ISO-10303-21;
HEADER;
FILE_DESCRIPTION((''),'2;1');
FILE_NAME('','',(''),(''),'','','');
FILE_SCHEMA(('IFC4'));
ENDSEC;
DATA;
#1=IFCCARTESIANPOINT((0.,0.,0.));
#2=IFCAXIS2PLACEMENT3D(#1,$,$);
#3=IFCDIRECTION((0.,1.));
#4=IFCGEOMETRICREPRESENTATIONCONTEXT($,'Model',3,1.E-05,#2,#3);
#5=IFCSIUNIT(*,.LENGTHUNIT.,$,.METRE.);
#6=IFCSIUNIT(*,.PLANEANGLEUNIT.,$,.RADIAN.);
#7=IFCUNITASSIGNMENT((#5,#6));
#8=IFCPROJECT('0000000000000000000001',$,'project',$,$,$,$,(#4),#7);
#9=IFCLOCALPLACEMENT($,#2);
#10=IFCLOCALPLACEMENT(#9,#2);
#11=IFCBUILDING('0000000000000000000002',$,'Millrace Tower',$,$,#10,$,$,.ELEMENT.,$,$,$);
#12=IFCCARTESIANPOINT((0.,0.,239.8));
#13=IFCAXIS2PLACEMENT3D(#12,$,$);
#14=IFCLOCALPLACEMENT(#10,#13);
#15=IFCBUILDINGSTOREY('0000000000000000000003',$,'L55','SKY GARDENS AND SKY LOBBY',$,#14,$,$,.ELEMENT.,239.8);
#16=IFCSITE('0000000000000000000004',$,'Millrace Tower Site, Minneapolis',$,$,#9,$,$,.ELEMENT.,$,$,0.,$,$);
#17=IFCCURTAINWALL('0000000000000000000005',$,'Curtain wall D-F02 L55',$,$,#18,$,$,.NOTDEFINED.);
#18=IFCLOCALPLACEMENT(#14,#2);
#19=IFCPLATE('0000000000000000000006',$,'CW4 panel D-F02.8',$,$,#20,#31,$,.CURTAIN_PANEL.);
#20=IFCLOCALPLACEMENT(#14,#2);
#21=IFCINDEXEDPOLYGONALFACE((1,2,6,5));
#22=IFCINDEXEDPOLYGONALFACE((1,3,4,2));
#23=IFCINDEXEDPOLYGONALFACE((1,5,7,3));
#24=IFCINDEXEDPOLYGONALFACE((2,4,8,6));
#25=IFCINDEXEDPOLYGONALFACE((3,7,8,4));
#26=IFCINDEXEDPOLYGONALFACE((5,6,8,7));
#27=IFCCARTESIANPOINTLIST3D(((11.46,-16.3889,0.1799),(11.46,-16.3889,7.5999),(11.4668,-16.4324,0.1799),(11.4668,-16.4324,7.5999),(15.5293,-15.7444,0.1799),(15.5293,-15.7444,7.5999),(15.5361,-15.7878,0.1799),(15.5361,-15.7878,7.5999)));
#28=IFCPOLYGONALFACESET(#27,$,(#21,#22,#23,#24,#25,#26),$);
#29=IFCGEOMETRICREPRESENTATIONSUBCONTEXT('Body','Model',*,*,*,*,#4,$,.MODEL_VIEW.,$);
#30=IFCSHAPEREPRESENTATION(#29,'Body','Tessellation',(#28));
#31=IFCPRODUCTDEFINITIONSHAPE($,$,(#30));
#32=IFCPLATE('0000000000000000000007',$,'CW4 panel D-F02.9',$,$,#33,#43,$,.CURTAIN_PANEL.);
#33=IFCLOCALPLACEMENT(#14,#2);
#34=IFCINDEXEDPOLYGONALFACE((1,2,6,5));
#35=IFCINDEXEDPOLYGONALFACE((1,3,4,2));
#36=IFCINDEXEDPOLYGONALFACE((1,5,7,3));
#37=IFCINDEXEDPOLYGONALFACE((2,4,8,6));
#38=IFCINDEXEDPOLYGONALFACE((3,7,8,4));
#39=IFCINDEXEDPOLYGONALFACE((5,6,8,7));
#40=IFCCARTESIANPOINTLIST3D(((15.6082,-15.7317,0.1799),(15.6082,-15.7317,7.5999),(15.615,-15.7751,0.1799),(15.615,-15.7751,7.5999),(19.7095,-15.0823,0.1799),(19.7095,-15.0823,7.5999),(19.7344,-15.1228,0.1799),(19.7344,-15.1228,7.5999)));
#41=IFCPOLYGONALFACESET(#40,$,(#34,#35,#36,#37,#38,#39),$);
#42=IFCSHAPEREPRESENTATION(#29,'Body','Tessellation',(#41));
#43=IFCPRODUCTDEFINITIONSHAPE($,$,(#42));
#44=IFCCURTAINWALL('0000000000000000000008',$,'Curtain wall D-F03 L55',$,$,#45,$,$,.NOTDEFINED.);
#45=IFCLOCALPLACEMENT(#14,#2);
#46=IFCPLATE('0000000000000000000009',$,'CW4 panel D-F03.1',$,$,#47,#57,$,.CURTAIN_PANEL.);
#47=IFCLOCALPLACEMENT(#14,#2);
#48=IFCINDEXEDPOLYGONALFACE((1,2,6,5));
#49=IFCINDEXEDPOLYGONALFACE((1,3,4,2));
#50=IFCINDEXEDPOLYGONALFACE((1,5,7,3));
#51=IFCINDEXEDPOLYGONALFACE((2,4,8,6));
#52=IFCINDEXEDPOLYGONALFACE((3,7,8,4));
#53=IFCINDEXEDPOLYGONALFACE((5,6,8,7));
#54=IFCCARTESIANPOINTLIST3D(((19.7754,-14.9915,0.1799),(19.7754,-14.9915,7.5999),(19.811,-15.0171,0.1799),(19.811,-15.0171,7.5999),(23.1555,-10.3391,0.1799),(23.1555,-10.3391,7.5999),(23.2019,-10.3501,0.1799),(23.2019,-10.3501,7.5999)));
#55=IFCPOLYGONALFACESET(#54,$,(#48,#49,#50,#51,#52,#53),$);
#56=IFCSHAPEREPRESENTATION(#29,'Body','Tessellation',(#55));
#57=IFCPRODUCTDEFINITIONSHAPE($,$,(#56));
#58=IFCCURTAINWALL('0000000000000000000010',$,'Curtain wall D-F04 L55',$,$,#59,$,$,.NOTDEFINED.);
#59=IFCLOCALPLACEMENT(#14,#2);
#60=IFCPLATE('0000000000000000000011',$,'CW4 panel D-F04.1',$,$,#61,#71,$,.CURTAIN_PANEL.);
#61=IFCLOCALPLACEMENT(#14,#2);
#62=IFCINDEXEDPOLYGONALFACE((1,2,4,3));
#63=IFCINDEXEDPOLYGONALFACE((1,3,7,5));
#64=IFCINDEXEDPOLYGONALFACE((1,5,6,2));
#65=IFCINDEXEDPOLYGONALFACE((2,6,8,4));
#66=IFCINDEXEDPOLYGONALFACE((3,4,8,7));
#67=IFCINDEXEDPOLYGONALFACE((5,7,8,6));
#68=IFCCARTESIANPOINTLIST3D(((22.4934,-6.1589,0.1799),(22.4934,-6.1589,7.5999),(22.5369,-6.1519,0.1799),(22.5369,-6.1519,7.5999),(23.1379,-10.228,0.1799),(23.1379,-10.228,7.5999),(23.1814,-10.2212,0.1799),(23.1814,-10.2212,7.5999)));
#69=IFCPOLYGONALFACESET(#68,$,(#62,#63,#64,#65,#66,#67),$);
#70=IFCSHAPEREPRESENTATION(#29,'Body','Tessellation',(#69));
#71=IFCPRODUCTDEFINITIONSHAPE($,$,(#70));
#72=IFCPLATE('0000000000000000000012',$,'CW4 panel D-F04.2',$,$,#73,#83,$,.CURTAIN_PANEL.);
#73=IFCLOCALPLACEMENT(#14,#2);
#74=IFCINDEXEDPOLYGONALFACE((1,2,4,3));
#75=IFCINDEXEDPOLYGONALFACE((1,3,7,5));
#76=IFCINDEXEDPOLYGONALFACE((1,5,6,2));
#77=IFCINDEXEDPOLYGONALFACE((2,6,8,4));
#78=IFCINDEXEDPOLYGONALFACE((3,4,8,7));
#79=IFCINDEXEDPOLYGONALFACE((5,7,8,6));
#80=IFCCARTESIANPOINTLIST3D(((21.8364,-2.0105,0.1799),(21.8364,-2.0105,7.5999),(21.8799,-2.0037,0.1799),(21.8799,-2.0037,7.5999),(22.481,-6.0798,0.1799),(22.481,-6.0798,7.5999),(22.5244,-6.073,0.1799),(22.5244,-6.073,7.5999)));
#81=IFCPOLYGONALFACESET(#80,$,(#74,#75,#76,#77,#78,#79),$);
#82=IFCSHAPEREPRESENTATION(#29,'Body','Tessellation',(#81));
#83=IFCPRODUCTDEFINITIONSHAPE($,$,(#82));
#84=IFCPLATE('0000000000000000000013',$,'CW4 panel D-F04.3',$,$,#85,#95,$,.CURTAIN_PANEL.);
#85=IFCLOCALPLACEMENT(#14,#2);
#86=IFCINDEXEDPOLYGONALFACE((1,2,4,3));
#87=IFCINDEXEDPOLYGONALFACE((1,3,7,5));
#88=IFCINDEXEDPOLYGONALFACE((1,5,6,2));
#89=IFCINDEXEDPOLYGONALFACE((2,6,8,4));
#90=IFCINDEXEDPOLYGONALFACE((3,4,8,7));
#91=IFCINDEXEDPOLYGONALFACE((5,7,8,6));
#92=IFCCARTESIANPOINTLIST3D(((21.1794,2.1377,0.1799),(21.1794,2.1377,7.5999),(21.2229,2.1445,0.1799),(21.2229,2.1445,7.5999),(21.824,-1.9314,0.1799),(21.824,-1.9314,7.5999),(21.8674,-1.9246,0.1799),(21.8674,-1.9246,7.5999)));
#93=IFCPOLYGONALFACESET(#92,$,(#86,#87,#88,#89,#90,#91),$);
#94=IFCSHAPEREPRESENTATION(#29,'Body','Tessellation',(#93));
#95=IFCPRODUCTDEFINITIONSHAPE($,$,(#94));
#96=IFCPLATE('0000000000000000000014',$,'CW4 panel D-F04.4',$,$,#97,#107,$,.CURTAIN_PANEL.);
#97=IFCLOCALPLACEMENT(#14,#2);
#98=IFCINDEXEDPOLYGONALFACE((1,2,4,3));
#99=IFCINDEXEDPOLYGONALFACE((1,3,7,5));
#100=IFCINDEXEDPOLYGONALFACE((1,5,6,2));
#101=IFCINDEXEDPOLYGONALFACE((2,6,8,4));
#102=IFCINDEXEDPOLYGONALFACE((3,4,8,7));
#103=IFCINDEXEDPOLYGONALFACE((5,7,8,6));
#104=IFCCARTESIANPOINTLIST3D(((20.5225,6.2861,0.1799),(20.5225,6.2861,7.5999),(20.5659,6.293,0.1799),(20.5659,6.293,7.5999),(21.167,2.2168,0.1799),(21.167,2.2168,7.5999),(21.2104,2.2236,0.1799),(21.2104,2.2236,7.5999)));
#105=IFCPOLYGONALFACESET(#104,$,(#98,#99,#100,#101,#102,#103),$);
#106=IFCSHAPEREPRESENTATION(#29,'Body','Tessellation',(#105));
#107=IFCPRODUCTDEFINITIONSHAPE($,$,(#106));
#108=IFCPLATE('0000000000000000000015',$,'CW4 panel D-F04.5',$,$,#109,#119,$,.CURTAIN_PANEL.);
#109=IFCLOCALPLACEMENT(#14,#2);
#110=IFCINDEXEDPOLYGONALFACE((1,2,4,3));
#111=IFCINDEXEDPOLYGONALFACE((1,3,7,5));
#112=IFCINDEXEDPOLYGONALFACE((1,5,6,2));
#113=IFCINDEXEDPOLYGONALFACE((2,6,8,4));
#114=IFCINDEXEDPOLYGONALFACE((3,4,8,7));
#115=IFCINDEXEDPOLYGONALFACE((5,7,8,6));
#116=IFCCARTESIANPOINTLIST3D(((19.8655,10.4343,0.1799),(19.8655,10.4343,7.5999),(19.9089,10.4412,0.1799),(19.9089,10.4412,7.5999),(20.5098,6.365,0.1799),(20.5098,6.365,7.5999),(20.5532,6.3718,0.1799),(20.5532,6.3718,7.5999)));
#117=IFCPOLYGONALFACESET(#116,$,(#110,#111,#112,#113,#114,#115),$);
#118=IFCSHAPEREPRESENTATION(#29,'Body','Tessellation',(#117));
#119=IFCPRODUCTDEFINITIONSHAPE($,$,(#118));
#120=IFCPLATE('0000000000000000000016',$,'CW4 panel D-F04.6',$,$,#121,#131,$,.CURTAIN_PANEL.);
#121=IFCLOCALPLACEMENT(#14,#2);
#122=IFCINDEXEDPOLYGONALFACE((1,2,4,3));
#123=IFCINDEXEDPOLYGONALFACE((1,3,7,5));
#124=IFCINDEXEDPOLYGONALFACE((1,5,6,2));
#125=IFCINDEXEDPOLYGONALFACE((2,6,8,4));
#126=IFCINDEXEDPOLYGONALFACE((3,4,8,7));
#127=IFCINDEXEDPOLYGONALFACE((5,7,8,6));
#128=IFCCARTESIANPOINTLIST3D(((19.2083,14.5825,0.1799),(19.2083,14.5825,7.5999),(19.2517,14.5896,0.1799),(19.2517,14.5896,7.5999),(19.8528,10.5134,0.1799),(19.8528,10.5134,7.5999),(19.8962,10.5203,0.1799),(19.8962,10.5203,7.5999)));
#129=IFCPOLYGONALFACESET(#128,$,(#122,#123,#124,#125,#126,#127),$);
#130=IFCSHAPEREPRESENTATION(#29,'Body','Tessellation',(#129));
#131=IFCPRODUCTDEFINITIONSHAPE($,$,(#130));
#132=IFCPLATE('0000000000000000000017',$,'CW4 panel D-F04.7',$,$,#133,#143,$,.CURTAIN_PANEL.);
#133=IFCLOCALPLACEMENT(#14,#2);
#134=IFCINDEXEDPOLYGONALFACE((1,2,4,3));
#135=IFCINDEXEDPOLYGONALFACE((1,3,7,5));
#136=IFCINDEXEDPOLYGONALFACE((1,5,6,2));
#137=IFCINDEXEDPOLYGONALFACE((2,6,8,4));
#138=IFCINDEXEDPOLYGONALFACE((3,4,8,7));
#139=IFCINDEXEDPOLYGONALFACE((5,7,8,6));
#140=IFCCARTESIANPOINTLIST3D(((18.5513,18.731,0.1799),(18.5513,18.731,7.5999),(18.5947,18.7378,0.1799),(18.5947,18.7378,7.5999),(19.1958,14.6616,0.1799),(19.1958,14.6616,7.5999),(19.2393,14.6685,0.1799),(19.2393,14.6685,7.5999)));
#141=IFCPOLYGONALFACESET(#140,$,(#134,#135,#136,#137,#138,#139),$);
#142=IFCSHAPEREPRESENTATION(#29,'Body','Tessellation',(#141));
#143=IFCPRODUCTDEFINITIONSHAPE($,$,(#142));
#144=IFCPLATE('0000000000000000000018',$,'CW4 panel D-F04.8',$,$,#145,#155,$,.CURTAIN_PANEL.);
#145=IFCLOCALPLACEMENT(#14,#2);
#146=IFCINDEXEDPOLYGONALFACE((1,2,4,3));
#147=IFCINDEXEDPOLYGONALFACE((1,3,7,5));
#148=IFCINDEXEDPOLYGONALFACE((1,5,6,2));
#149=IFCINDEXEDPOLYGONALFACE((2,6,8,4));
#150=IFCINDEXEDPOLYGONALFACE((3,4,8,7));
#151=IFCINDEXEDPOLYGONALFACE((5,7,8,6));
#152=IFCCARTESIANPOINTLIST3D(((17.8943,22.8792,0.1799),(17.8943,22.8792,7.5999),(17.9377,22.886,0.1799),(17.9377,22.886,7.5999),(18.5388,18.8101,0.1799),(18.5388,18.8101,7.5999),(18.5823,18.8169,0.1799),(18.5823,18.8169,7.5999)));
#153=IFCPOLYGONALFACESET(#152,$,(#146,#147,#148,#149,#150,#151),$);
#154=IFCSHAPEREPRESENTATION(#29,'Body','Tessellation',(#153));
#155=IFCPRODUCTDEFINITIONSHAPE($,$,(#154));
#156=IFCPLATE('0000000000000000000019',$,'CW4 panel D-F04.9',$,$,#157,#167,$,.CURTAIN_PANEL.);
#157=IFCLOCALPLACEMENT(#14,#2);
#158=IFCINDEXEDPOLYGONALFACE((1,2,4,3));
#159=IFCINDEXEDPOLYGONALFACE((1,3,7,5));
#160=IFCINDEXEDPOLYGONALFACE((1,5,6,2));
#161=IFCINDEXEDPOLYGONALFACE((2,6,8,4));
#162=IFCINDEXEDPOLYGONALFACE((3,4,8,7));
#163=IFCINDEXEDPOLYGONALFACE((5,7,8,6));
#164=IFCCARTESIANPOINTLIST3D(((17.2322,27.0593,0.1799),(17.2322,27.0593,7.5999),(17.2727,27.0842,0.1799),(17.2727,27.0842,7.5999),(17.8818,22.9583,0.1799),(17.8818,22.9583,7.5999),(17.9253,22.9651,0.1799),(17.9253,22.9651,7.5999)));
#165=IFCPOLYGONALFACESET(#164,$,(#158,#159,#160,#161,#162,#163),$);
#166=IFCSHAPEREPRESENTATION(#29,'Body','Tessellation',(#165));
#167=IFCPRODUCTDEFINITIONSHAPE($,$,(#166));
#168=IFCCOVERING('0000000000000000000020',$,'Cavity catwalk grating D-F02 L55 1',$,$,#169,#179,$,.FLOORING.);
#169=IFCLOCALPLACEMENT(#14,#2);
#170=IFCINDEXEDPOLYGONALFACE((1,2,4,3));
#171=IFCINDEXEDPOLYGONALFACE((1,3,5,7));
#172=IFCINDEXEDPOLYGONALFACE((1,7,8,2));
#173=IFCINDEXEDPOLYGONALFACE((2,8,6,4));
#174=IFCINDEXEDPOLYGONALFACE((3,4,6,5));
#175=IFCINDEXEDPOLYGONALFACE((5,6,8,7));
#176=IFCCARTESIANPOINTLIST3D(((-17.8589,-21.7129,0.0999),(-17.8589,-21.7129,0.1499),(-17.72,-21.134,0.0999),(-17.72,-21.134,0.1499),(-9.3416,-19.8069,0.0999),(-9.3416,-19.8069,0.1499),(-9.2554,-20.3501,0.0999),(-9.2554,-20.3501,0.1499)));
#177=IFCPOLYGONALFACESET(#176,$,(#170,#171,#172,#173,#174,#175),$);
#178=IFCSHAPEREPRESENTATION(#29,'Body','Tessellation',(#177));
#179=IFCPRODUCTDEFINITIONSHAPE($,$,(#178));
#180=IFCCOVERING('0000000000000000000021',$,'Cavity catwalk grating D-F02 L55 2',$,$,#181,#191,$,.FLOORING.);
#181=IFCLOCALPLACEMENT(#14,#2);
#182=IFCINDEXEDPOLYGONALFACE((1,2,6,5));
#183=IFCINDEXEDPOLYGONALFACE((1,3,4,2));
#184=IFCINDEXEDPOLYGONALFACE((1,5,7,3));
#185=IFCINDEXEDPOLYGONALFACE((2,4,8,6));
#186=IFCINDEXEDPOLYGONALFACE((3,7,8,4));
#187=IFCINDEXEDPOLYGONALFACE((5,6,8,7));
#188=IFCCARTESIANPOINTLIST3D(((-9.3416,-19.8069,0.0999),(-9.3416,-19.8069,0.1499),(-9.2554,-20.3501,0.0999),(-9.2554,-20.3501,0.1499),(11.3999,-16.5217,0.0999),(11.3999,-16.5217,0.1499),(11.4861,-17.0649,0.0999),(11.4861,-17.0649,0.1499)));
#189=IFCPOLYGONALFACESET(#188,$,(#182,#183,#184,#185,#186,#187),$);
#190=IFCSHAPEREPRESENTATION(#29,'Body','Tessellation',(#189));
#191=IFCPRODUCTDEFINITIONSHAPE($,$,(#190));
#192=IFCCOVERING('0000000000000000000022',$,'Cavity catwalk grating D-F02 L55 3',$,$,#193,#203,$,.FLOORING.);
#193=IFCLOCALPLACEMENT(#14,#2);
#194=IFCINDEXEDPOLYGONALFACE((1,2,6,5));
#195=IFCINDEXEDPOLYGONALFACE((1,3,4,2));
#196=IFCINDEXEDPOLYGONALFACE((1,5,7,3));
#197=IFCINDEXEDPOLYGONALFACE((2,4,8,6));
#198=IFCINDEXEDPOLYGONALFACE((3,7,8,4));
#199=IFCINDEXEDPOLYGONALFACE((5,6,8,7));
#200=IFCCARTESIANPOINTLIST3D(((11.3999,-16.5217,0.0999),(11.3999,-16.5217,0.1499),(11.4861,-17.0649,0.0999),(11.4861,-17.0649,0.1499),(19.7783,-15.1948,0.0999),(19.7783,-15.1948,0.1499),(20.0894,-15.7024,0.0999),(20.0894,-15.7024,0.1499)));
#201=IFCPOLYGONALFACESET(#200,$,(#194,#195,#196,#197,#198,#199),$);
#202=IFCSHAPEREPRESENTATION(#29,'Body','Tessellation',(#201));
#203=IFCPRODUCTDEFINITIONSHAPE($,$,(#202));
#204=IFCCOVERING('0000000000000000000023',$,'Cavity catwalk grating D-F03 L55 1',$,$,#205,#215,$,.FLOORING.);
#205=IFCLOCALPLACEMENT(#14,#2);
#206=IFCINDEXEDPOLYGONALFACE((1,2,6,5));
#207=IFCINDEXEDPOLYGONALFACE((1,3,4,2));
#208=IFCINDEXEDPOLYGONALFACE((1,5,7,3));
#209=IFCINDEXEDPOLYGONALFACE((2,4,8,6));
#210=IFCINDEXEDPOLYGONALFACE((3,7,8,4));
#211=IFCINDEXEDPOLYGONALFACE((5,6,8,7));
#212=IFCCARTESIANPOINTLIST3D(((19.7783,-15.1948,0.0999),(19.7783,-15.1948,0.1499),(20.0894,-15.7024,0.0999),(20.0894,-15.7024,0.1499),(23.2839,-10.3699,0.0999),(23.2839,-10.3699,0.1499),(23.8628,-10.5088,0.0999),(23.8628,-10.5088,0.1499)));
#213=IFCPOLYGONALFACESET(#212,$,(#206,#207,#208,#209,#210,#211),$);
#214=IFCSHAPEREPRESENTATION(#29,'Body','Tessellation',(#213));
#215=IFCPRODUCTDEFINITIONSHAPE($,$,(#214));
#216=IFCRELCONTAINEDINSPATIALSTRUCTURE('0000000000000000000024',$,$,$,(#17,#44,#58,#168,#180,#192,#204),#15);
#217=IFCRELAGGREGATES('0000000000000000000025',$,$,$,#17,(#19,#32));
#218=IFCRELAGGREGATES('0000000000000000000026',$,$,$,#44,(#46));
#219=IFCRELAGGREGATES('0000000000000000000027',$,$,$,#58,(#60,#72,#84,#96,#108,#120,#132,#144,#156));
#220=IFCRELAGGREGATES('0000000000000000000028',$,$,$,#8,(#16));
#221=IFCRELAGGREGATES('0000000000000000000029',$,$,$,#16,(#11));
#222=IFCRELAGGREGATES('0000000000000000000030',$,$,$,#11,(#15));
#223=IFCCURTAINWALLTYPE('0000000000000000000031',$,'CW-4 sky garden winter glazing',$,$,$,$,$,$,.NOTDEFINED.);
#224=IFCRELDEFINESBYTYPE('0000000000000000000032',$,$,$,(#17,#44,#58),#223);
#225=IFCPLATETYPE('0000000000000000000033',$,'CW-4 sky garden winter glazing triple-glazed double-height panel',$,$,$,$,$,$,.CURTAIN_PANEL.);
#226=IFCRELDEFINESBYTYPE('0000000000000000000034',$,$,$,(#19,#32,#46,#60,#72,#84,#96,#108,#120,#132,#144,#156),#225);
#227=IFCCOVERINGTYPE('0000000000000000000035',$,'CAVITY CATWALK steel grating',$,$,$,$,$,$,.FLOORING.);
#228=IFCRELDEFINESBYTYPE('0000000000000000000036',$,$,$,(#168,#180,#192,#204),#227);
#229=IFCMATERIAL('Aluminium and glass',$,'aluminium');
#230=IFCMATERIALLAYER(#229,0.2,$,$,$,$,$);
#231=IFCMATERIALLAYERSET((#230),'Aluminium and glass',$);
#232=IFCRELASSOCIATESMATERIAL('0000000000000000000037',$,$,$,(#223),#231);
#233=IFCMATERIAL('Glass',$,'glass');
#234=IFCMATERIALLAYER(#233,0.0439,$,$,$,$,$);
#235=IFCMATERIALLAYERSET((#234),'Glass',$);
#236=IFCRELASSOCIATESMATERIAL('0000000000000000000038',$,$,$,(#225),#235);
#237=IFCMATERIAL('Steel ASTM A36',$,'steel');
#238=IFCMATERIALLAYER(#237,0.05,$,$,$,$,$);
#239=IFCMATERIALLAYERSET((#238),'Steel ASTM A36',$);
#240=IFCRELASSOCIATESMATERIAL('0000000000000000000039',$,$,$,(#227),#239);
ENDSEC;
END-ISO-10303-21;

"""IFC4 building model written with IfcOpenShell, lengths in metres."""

from ifc_helpers import new_model, si_unit, direction, frame, origin, place, context, subcontext, project, spatial, polyline, outline, extrude, material, layer, layer_set, type_object, element, aggregate, save


model = new_model("IFC4")

# Units and contexts
model_context = context("Model", 3, precision=1e-05, world=origin(), true_north=direction((0.0, 1.0)))
body_context = subcontext(model_context, "Body", "Model", "MODEL_VIEW")
ifc_project = project(units=[si_unit("LENGTHUNIT", "METRE"), si_unit("PLANEANGLEUNIT", "RADIAN")], contexts=[model_context])

# Site, building, storey
site_placement = place(None, origin())
site = spatial("IfcSite", under=ifc_project, at=site_placement, Name="Millrace Tower Site, Minneapolis", CompositionType="ELEMENT", RefElevation=0.0)
building_placement = place(site_placement, origin())
building = spatial("IfcBuilding", under=site, at=building_placement, Name="Millrace Tower", CompositionType="ELEMENT")
storey_placement = place(building_placement, frame((0.0, 0.0, 239.8)))
storey = spatial("IfcBuildingStorey", under=building, at=storey_placement, Name="L55", Description="SKY GARDENS AND SKY LOBBY", CompositionType="ELEMENT", Elevation=239.8)

# Curtain wall, plates
ifc_material_1 = material(Name="Aluminium and glass", Category="aluminium")
ifc_layer_1 = layer(ifc_material_1, 0.2)
ifc_layer_set_1 = layer_set([ifc_layer_1], Name="Aluminium and glass")
curtain_wall_type = type_object("IfcCurtainWallType", Name="CW-4 sky garden winter glazing", PredefinedType="NOTDEFINED", material=ifc_layer_set_1)
placement_1 = place(storey_placement, origin())
curtain_wall_1 = element("IfcCurtainWall", 1, at=placement_1, inside=storey, type_object=curtain_wall_type, Name="Curtain wall D-F02 L55", PredefinedType="NOTDEFINED")
ifc_material_2 = material(Name="Glass", Category="glass")
ifc_layer_2 = layer(ifc_material_2, 0.0439)
ifc_layer_set_2 = layer_set([ifc_layer_2], Name="Glass")
plate_type = type_object("IfcPlateType", Name="CW-4 sky garden winter glazing triple-glazed double-height panel", PredefinedType="CURTAIN_PANEL", material=ifc_layer_set_2)
placement_2 = place(storey_placement, frame((0.0, 0.0, 0.1799)))
plate_1 = element("IfcPlate", 2, at=placement_2, type_object=plate_type, Name="CW4 panel D-F02.8", PredefinedType="CURTAIN_PANEL", context=body_context, shape_type="SweptSolid", body=[
    extrude(outline(polyline([(11.4668, -16.4324), (15.5361, -15.7878), (15.5293, -15.7444), (11.46, -16.3889), (11.4668, -16.4324)])), origin(), (0.0, 0.0, 1.0), 7.4199),
])
plate_2 = element("IfcPlate", 3, at=placement_2, type_object=plate_type, Name="CW4 panel D-F02.9", PredefinedType="CURTAIN_PANEL", context=body_context, shape_type="SweptSolid", body=[
    extrude(outline(polyline([(15.615, -15.7751), (19.7344, -15.1228), (19.7095, -15.0823), (15.6082, -15.7317), (15.615, -15.7751)])), origin(), (0.0, 0.0, 1.0), 7.4199),
])
aggregate(curtain_wall_1, [plate_1, plate_2])

# Curtain wall, plate
curtain_wall_2 = element("IfcCurtainWall", 4, at=placement_1, inside=storey, type_object=curtain_wall_type, Name="Curtain wall D-F03 L55", PredefinedType="NOTDEFINED")
plate_3 = element("IfcPlate", 5, at=placement_2, type_object=plate_type, Name="CW4 panel D-F03.1", PredefinedType="CURTAIN_PANEL", context=body_context, shape_type="SweptSolid", body=[
    extrude(outline(polyline([(19.811, -15.0171), (23.2019, -10.3501), (23.1555, -10.3391), (19.7754, -14.9915), (19.811, -15.0171)])), origin(), (0.0, 0.0, 1.0), 7.4199),
])
aggregate(curtain_wall_2, [plate_3])

# Curtain wall, plates
curtain_wall_3 = element("IfcCurtainWall", 6, at=placement_1, inside=storey, type_object=curtain_wall_type, Name="Curtain wall D-F04 L55", PredefinedType="NOTDEFINED")
plate_4 = element("IfcPlate", 7, at=placement_2, type_object=plate_type, Name="CW4 panel D-F04.1", PredefinedType="CURTAIN_PANEL", context=body_context, shape_type="SweptSolid", body=[
    extrude(outline(polyline([(23.1814, -10.2212), (22.5369, -6.1519), (22.4934, -6.1589), (23.1379, -10.228), (23.1814, -10.2212)])), origin(), (0.0, 0.0, 1.0), 7.4199),
])
plate_5 = element("IfcPlate", 8, at=placement_2, type_object=plate_type, Name="CW4 panel D-F04.2", PredefinedType="CURTAIN_PANEL", context=body_context, shape_type="SweptSolid", body=[
    extrude(outline(polyline([(22.5244, -6.073), (21.8799, -2.0037), (21.8364, -2.0105), (22.481, -6.0798), (22.5244, -6.073)])), origin(), (0.0, 0.0, 1.0), 7.4199),
])
plate_6 = element("IfcPlate", 9, at=placement_2, type_object=plate_type, Name="CW4 panel D-F04.3", PredefinedType="CURTAIN_PANEL", context=body_context, shape_type="SweptSolid", body=[
    extrude(outline(polyline([(21.8674, -1.9246), (21.2229, 2.1445), (21.1794, 2.1377), (21.824, -1.9314), (21.8674, -1.9246)])), origin(), (0.0, 0.0, 1.0), 7.4199),
])
plate_7 = element("IfcPlate", 10, at=placement_2, type_object=plate_type, Name="CW4 panel D-F04.4", PredefinedType="CURTAIN_PANEL", context=body_context, shape_type="SweptSolid", body=[
    extrude(outline(polyline([(21.2104, 2.2236), (20.5659, 6.293), (20.5225, 6.2861), (21.167, 2.2168), (21.2104, 2.2236)])), origin(), (0.0, 0.0, 1.0), 7.4199),
])
plate_8 = element("IfcPlate", 11, at=placement_2, type_object=plate_type, Name="CW4 panel D-F04.5", PredefinedType="CURTAIN_PANEL", context=body_context, shape_type="SweptSolid", body=[
    extrude(outline(polyline([(20.5532, 6.3718), (19.9089, 10.4412), (19.8655, 10.4343), (20.5098, 6.365), (20.5532, 6.3718)])), origin(), (0.0, 0.0, 1.0), 7.4199),
])
plate_9 = element("IfcPlate", 12, at=placement_2, type_object=plate_type, Name="CW4 panel D-F04.6", PredefinedType="CURTAIN_PANEL", context=body_context, shape_type="SweptSolid", body=[
    extrude(outline(polyline([(19.8962, 10.5203), (19.2517, 14.5896), (19.2083, 14.5825), (19.8528, 10.5134), (19.8962, 10.5203)])), origin(), (0.0, 0.0, 1.0), 7.4199),
])
plate_10 = element("IfcPlate", 13, at=placement_2, type_object=plate_type, Name="CW4 panel D-F04.7", PredefinedType="CURTAIN_PANEL", context=body_context, shape_type="SweptSolid", body=[
    extrude(outline(polyline([(19.2393, 14.6685), (18.5947, 18.7378), (18.5513, 18.731), (19.1958, 14.6616), (19.2393, 14.6685)])), origin(), (0.0, 0.0, 1.0), 7.4199),
])
plate_11 = element("IfcPlate", 14, at=placement_2, type_object=plate_type, Name="CW4 panel D-F04.8", PredefinedType="CURTAIN_PANEL", context=body_context, shape_type="SweptSolid", body=[
    extrude(outline(polyline([(18.5823, 18.8169), (17.9377, 22.886), (17.8943, 22.8792), (18.5388, 18.8101), (18.5823, 18.8169)])), origin(), (0.0, 0.0, 1.0), 7.4199),
])
plate_12 = element("IfcPlate", 15, at=placement_2, type_object=plate_type, Name="CW4 panel D-F04.9", PredefinedType="CURTAIN_PANEL", context=body_context, shape_type="SweptSolid", body=[
    extrude(outline(polyline([(17.9253, 22.9651), (17.2727, 27.0842), (17.2322, 27.0593), (17.8818, 22.9583), (17.9253, 22.9651)])), origin(), (0.0, 0.0, 1.0), 7.4199),
])
aggregate(curtain_wall_3, [plate_4, plate_5, plate_6, plate_7, plate_8, plate_9, plate_10, plate_11, plate_12])

# Coverings
ifc_material_3 = material(Name="Steel ASTM A36", Category="steel")
ifc_layer_3 = layer(ifc_material_3, 0.05)
ifc_layer_set_3 = layer_set([ifc_layer_3], Name="Steel ASTM A36")
covering_type = type_object("IfcCoveringType", Name="CAVITY CATWALK steel grating", PredefinedType="FLOORING", material=ifc_layer_set_3)
placement_3 = place(storey_placement, frame((0.0, 0.0, 0.0999)))
element("IfcCovering", 16, at=placement_3, inside=storey, type_object=covering_type, Name="Cavity catwalk grating D-F02 L55 1", PredefinedType="FLOORING", context=body_context, shape_type="SweptSolid", body=[
    extrude(outline(polyline([(-17.8589, -21.7129), (-9.2554, -20.3501), (-9.3416, -19.8069), (-17.72, -21.134), (-17.8589, -21.7129)])), origin(), (0.0, 0.0, 1.0), 0.05),
])
element("IfcCovering", 17, at=placement_3, inside=storey, type_object=covering_type, Name="Cavity catwalk grating D-F02 L55 2", PredefinedType="FLOORING", context=body_context, shape_type="SweptSolid", body=[
    extrude(outline(polyline([(-9.2554, -20.3501), (11.4861, -17.0649), (11.3999, -16.5217), (-9.3416, -19.8069), (-9.2554, -20.3501)])), origin(), (0.0, 0.0, 1.0), 0.05),
])
element("IfcCovering", 18, at=placement_3, inside=storey, type_object=covering_type, Name="Cavity catwalk grating D-F02 L55 3", PredefinedType="FLOORING", context=body_context, shape_type="SweptSolid", body=[
    extrude(outline(polyline([(11.4861, -17.0649), (20.0894, -15.7024), (19.7783, -15.1948), (11.3999, -16.5217), (11.4861, -17.0649)])), origin(), (0.0, 0.0, 1.0), 0.05),
])
element("IfcCovering", 19, at=placement_3, inside=storey, type_object=covering_type, Name="Cavity catwalk grating D-F03 L55 1", PredefinedType="FLOORING", context=body_context, shape_type="SweptSolid", body=[
    extrude(outline(polyline([(20.0894, -15.7024), (23.8628, -10.5088), (23.2839, -10.3699), (19.7783, -15.1948), (20.0894, -15.7024)])), origin(), (0.0, 0.0, 1.0), 0.05),
])

save(model, "model.ifc")
